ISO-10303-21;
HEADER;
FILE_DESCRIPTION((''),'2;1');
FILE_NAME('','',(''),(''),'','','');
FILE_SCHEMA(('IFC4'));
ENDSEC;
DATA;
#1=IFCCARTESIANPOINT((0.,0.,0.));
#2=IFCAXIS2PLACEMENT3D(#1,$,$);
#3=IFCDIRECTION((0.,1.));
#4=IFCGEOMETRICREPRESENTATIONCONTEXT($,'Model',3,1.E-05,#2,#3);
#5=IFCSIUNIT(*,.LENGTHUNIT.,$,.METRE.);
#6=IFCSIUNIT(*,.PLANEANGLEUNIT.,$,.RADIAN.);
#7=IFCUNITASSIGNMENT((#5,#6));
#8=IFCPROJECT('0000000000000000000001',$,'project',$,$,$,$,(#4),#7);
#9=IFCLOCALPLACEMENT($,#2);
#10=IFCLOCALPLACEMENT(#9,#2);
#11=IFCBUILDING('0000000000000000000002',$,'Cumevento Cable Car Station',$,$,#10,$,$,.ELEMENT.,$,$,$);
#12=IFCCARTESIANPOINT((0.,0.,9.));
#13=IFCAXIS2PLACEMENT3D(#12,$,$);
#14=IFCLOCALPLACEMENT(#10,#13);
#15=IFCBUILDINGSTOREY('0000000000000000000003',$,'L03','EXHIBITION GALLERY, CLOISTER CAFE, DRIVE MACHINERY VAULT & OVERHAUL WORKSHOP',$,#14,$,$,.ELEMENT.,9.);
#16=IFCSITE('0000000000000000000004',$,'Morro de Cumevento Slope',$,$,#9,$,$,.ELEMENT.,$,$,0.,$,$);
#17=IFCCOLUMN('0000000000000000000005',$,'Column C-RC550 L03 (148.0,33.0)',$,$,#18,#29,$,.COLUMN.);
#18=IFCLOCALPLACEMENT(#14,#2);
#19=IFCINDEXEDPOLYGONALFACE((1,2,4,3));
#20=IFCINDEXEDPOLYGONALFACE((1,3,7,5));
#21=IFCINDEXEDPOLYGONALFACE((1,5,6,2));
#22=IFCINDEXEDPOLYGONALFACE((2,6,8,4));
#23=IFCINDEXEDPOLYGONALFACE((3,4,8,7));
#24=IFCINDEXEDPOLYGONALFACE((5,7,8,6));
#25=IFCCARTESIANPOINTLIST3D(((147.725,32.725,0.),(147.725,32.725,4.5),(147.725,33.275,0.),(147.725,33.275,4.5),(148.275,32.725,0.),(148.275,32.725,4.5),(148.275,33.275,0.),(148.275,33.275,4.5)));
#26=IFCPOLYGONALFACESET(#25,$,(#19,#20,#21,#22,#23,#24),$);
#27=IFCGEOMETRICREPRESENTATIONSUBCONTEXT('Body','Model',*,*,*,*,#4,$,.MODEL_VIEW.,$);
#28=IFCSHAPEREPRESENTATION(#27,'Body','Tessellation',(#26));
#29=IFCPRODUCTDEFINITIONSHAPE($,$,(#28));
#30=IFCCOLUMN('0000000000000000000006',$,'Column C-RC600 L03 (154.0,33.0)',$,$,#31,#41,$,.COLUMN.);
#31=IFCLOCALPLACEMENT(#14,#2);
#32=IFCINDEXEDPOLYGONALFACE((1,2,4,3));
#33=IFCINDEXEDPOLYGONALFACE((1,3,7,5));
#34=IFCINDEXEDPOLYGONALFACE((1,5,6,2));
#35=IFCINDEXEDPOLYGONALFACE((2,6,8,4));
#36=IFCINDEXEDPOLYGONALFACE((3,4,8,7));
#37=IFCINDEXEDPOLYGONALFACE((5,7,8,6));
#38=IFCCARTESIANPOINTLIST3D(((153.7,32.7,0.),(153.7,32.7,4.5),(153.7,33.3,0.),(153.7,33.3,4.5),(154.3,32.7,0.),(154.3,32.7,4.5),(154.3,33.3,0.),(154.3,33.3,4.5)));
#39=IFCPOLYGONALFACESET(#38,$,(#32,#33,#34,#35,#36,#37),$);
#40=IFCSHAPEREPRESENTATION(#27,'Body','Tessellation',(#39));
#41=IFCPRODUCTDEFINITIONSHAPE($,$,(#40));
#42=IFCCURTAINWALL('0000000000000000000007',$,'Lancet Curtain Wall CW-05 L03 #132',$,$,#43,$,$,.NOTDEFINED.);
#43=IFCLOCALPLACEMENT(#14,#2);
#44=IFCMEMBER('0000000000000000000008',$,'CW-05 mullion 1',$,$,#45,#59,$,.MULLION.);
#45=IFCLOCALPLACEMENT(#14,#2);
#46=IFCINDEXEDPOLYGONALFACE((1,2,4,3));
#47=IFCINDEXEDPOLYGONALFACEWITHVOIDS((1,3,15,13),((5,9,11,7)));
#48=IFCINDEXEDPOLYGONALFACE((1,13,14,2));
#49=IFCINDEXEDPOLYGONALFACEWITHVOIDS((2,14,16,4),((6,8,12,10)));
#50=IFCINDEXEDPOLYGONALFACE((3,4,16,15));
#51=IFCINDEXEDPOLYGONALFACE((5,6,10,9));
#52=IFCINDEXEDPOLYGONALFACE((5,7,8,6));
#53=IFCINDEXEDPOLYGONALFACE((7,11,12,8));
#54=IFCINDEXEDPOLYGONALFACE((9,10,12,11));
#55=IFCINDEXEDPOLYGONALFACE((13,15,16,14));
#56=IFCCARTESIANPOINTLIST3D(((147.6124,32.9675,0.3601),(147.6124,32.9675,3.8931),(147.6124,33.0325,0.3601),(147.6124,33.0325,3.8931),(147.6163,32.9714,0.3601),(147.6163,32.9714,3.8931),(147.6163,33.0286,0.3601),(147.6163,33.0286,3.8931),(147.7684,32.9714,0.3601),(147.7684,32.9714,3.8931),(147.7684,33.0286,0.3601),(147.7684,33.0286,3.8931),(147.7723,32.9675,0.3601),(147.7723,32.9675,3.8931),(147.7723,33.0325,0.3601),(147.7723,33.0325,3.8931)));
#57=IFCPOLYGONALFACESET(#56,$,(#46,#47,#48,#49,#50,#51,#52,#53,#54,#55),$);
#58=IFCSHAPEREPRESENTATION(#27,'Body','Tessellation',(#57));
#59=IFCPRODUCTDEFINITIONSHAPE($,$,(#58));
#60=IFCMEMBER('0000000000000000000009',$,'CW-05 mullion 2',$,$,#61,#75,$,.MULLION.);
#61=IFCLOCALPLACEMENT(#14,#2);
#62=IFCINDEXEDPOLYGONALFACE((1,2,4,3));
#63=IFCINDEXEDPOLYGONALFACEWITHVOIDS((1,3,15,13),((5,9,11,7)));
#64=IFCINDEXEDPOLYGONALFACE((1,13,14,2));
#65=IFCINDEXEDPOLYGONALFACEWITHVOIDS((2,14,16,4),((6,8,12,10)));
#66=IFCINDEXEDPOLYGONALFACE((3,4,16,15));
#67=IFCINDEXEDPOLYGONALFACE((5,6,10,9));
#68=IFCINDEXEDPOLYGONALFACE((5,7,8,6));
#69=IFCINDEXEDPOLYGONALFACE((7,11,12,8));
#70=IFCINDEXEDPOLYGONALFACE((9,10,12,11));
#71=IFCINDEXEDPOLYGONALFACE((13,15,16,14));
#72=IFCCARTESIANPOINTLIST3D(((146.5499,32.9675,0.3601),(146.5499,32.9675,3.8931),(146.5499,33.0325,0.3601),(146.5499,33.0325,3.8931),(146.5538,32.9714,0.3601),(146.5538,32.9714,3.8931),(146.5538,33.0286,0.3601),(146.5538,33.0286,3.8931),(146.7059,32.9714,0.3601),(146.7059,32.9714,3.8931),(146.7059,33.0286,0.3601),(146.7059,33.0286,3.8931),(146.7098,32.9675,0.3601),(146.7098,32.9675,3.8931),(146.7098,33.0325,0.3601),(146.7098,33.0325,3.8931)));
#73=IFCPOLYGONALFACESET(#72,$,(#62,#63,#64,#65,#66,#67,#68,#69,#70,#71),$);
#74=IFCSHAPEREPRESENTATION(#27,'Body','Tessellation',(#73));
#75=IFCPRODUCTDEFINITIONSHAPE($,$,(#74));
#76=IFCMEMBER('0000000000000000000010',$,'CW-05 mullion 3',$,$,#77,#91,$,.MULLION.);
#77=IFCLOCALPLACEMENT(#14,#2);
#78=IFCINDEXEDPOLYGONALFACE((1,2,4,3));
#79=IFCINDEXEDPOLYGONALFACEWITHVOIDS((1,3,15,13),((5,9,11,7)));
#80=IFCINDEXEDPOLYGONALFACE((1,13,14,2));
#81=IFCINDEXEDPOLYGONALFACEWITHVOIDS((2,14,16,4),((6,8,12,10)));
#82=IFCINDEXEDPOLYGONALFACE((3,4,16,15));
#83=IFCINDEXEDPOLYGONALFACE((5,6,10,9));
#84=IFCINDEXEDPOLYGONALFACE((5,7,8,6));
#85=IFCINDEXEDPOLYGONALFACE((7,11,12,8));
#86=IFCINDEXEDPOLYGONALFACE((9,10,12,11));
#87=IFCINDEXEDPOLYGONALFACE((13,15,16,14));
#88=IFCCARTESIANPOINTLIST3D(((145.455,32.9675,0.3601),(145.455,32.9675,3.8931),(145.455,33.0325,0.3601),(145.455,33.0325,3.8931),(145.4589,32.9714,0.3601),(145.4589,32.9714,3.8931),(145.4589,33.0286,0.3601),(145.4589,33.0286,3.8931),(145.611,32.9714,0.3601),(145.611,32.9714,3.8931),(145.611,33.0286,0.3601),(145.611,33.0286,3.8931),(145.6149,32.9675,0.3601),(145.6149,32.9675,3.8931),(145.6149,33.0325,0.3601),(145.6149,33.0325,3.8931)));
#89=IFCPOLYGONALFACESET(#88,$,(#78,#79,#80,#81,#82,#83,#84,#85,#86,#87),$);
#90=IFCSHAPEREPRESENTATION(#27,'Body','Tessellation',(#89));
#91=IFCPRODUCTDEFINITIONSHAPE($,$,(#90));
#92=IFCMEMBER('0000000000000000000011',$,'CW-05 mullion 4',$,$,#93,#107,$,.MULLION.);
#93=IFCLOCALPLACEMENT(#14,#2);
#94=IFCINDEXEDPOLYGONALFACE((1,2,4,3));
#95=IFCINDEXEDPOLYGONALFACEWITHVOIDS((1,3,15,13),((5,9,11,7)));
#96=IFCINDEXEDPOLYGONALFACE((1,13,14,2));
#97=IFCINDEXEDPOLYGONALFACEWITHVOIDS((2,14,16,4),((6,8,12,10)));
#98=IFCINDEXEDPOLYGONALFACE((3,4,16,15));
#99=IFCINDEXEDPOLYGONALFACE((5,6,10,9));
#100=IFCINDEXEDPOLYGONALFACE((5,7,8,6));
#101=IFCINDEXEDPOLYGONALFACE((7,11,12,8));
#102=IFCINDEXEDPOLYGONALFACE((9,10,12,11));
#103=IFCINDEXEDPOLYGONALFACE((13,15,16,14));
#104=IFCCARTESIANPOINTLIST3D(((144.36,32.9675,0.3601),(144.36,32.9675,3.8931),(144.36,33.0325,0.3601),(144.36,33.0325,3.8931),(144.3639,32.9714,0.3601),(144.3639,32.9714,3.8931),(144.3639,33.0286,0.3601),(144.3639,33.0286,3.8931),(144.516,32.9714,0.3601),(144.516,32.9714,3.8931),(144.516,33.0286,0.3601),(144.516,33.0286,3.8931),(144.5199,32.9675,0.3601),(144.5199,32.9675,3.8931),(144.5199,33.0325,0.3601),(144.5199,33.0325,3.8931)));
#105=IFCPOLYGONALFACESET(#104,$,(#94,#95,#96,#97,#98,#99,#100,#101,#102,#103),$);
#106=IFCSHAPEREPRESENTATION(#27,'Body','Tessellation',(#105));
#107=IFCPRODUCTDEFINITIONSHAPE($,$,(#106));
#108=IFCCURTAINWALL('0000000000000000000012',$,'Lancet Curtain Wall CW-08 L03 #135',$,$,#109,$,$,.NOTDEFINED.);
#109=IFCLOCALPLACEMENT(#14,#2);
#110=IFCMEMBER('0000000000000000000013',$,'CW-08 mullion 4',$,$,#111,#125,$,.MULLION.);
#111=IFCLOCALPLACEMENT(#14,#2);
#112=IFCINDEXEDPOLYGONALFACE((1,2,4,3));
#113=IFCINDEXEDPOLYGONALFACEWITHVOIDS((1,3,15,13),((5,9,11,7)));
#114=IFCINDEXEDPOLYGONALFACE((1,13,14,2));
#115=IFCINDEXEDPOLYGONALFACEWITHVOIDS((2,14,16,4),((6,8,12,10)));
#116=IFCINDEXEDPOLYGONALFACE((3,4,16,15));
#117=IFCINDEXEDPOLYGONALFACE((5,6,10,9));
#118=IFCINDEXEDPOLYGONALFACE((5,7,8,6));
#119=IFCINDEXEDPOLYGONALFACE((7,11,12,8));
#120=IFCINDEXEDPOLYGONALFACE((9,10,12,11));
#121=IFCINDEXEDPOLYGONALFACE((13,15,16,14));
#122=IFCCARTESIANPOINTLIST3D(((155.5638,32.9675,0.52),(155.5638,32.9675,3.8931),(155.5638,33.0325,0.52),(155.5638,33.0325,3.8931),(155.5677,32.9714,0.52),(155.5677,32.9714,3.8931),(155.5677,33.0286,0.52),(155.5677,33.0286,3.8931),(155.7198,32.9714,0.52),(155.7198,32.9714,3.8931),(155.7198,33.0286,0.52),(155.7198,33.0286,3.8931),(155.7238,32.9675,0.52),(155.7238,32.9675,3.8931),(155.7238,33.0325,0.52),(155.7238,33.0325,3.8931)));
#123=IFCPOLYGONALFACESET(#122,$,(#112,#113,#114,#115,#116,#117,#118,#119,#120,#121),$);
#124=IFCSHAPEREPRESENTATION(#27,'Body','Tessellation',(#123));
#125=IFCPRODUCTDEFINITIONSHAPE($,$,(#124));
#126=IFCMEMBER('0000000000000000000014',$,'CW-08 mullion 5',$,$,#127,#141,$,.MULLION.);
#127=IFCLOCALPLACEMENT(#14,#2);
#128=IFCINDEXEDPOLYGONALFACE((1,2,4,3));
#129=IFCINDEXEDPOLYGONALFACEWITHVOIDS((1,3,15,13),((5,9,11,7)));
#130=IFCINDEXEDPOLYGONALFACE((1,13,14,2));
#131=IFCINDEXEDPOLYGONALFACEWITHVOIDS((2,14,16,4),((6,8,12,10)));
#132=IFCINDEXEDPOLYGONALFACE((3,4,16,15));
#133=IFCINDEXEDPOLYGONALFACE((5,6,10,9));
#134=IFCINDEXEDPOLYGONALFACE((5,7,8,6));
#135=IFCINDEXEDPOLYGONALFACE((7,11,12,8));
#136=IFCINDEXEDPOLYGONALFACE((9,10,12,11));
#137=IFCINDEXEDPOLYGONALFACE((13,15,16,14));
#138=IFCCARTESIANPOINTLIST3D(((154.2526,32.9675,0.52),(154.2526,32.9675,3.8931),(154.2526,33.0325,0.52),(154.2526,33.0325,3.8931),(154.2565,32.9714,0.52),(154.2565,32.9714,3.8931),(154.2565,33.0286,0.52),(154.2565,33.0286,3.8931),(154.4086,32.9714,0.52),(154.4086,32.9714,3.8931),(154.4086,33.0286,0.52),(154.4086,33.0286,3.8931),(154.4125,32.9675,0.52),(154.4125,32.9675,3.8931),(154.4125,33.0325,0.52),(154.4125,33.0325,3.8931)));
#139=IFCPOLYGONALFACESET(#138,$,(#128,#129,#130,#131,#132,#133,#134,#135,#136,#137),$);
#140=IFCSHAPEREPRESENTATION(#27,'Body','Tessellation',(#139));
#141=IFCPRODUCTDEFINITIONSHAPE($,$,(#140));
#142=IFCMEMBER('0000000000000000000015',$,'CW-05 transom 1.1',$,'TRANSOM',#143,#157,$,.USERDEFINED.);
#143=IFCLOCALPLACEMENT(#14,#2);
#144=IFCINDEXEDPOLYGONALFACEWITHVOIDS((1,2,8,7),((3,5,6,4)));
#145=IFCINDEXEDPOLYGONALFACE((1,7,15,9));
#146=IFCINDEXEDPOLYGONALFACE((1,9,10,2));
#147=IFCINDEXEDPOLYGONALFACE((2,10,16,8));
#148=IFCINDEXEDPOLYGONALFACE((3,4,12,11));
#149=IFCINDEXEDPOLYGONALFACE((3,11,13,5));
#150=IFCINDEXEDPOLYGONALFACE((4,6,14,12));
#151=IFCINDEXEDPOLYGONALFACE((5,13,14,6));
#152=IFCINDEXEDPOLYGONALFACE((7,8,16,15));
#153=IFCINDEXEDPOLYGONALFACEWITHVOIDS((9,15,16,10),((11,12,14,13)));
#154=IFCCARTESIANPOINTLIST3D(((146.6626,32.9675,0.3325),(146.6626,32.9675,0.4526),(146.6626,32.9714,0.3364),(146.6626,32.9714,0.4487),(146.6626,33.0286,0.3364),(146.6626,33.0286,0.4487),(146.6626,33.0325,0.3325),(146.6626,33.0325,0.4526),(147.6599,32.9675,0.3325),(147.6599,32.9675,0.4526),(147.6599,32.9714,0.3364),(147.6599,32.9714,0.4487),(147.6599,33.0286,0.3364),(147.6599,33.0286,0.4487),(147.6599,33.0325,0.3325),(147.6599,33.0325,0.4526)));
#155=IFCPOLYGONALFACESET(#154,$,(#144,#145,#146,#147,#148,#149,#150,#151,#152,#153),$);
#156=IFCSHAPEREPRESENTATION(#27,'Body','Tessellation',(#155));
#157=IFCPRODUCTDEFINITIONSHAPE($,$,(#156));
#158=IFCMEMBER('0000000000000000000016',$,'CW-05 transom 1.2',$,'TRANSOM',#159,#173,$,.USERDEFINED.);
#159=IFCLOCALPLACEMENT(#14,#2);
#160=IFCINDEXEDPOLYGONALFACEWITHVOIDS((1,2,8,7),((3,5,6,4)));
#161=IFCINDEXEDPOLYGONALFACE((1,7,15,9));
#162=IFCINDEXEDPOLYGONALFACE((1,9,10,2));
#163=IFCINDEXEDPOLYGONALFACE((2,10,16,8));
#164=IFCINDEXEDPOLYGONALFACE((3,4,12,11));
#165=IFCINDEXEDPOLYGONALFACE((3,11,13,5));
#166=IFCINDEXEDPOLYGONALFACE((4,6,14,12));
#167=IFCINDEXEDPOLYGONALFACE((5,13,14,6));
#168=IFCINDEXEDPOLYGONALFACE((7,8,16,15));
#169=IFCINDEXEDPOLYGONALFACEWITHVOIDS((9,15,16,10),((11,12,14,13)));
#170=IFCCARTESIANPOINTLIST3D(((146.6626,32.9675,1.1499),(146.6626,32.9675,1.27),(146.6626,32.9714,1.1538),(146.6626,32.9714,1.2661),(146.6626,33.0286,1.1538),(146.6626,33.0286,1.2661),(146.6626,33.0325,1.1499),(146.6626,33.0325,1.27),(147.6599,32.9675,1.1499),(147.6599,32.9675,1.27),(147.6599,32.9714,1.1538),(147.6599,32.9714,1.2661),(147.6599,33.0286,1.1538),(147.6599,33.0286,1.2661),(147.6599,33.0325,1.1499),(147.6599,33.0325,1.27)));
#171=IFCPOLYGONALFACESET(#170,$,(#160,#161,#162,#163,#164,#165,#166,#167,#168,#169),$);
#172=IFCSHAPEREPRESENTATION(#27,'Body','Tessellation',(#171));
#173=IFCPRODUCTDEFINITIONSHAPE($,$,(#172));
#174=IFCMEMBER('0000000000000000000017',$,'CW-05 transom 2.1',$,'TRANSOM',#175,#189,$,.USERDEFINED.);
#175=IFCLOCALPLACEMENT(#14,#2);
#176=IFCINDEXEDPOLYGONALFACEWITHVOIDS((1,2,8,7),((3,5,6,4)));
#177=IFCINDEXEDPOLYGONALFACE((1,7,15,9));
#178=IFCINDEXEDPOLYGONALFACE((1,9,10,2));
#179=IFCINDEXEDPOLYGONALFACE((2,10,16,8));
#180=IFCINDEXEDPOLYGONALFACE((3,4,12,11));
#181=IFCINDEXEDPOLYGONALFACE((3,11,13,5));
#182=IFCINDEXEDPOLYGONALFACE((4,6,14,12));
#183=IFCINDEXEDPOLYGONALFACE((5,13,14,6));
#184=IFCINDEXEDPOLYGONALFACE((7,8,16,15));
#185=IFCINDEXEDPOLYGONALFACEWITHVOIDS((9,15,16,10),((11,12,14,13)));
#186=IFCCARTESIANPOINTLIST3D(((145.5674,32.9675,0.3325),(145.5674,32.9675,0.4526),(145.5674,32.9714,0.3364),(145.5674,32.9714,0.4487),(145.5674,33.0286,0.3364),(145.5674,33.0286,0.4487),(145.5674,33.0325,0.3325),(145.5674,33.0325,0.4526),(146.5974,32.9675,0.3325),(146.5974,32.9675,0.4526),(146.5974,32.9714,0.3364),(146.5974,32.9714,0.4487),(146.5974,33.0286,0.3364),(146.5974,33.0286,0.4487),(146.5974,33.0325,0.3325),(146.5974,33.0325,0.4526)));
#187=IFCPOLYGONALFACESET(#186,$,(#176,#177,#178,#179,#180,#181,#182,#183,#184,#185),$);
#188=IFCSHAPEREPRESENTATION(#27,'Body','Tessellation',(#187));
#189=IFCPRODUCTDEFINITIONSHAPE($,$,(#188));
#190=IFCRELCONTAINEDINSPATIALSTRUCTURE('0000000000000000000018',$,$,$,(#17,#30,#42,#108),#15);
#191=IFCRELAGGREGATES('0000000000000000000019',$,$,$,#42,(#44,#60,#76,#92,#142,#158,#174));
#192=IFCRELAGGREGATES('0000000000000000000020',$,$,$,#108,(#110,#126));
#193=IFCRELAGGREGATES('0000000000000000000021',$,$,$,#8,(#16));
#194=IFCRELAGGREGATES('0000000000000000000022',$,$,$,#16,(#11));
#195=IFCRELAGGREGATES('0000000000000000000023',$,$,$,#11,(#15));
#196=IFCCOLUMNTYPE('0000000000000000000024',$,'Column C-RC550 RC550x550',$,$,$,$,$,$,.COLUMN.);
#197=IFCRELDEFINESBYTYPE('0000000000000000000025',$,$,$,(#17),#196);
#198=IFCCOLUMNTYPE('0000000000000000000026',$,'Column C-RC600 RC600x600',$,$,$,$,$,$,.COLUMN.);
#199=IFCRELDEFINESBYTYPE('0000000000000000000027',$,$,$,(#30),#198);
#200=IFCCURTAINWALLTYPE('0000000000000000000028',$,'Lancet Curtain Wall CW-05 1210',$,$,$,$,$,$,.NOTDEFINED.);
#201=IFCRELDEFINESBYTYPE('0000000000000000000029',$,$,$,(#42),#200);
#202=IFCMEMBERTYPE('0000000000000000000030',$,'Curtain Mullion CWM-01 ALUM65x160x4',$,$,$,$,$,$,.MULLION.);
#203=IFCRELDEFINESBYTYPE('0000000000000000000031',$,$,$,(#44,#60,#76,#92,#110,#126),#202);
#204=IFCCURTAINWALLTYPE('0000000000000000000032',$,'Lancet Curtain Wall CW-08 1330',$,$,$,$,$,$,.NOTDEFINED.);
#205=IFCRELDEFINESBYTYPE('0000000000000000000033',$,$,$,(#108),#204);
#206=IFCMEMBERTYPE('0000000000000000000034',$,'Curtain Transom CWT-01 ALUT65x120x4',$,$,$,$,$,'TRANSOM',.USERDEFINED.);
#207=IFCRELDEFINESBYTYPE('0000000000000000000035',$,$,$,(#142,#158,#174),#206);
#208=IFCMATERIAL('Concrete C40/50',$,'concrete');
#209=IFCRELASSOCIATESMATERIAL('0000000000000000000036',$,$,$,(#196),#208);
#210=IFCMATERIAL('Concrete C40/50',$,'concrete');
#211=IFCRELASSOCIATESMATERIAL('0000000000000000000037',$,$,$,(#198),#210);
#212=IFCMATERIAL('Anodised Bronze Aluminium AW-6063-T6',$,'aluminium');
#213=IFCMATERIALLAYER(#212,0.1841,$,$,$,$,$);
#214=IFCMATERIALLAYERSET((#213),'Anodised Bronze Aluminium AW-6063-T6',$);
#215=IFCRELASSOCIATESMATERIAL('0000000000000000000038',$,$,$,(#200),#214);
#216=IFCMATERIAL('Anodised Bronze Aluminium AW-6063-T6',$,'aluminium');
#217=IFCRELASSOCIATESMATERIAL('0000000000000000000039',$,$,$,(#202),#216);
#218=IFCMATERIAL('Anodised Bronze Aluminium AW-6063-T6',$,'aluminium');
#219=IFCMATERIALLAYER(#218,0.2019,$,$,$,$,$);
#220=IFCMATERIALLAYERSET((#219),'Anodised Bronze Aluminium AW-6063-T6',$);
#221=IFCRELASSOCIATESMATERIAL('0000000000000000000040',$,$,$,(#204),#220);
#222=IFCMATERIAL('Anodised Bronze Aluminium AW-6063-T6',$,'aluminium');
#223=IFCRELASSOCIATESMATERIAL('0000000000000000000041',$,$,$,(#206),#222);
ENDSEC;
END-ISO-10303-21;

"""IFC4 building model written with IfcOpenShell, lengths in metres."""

from ifc_helpers import new_model, si_unit, direction, frame, origin, origin_2d, place, context, subcontext, project, spatial, rectangle, hollow_rectangle, extrude, material, layer, layer_set, material_profile, profile_set, type_object, element, aggregate, save


model = new_model("IFC4")

# Units and contexts
model_context = context("Model", 3, precision=1e-05, world=origin(), true_north=direction((0.0, 1.0)))
body_context = subcontext(model_context, "Body", "Model", "MODEL_VIEW")
ifc_project = project(units=[si_unit("LENGTHUNIT", "METRE"), si_unit("PLANEANGLEUNIT", "RADIAN")], contexts=[model_context])

# Site, building, storey
site_placement = place(None, origin())
site = spatial("IfcSite", under=ifc_project, at=site_placement, Name="Morro de Cumevento Slope", CompositionType="ELEMENT", RefElevation=0.0)
building_placement = place(site_placement, origin())
building = spatial("IfcBuilding", under=site, at=building_placement, Name="Cumevento Cable Car Station", CompositionType="ELEMENT")
storey_placement = place(building_placement, frame((0.0, 0.0, 9.0)))
storey = spatial("IfcBuildingStorey", under=building, at=storey_placement, Name="L03", Description="EXHIBITION GALLERY, CLOISTER CAFE, DRIVE MACHINERY VAULT & OVERHAUL WORKSHOP", CompositionType="ELEMENT", Elevation=9.0)

# Columns
ifc_material_1 = material(Name="Concrete C40/50", Category="concrete")
ifc_material_profile_1 = material_profile(ifc_material_1, rectangle(XDim=0.55, YDim=0.55, at=origin_2d()), Name="RC550x550")
ifc_profile_set_1 = profile_set([ifc_material_profile_1], Name="Concrete C40/50")
column_type_1 = type_object("IfcColumnType", Name="Column C-RC550 RC550x550", PredefinedType="COLUMN", material=ifc_profile_set_1)
column_1_placement = place(storey_placement, frame((148.0, 33.0, 0.0), z_axis=(0.0, 0.0, 1.0), x_axis=(1.0, 0.0, 0.0)))
element("IfcColumn", 1, at=column_1_placement, inside=storey, type_object=column_type_1, Name="Column C-RC550 L03 (148.0,33.0)", PredefinedType="COLUMN", context=body_context, shape_type="SweptSolid", body=[
    extrude(rectangle(XDim=0.55, YDim=0.55, at=origin_2d()), origin(), (0.0, 0.0, 1.0), 4.5),
])
ifc_material_2 = material(Name="Concrete C40/50", Category="concrete")
ifc_material_profile_2 = material_profile(ifc_material_2, rectangle(XDim=0.6001, YDim=0.6001, at=origin_2d()), Name="RC600x600")
ifc_profile_set_2 = profile_set([ifc_material_profile_2], Name="Concrete C40/50")
column_type_2 = type_object("IfcColumnType", Name="Column C-RC600 RC600x600", PredefinedType="COLUMN", material=ifc_profile_set_2)
column_2_placement = place(storey_placement, frame((154.0, 33.0, 0.0), z_axis=(0.0, 0.0, 1.0), x_axis=(1.0, 0.0, 0.0)))
element("IfcColumn", 2, at=column_2_placement, inside=storey, type_object=column_type_2, Name="Column C-RC600 L03 (154.0,33.0)", PredefinedType="COLUMN", context=body_context, shape_type="SweptSolid", body=[
    extrude(rectangle(XDim=0.6001, YDim=0.6001, at=origin_2d()), origin(), (0.0, 0.0, 1.0), 4.5),
])

# Curtain walls, members
ifc_material_3 = material(Name="Anodised Bronze Aluminium AW-6063-T6", Category="aluminium")
ifc_layer_1 = layer(ifc_material_3, 0.1841)
ifc_layer_set_1 = layer_set([ifc_layer_1], Name="Anodised Bronze Aluminium AW-6063-T6")
curtain_wall_type_1 = type_object("IfcCurtainWallType", Name="Lancet Curtain Wall CW-05 1210", PredefinedType="NOTDEFINED", material=ifc_layer_set_1)
curtain_wall_1_placement = place(storey_placement, origin())
curtain_wall_1 = element("IfcCurtainWall", 3, at=curtain_wall_1_placement, inside=storey, type_object=curtain_wall_type_1, Name="Lancet Curtain Wall CW-05 L03 #132", PredefinedType="NOTDEFINED")
ifc_material_4 = material(Name="Anodised Bronze Aluminium AW-6063-T6", Category="aluminium")
ifc_material_profile_3 = material_profile(ifc_material_4, hollow_rectangle(XDim=0.0649, YDim=0.1599, WallThickness=0.0039, at=origin_2d()), Name="ALUM65x160x4")
ifc_profile_set_3 = profile_set([ifc_material_profile_3], Name="Anodised Bronze Aluminium AW-6063-T6")
member_type_1 = type_object("IfcMemberType", Name="Curtain Mullion CWM-01 ALUM65x160x4", PredefinedType="MULLION", material=ifc_profile_set_3)
member_1_placement = place(storey_placement, frame((147.6924, 33.0, 0.3601), z_axis=(0.0, 0.0, 1.0), x_axis=(0.0, -1.0, 0.0)))
member_1 = element("IfcMember", 4, at=member_1_placement, type_object=member_type_1, Name="CW-05 mullion 1", PredefinedType="MULLION", context=body_context, shape_type="SweptSolid", body=[
    extrude(hollow_rectangle(XDim=0.0649, YDim=0.1599, WallThickness=0.0039, at=origin_2d()), origin(), (0.0, 0.0, 1.0), 3.533),
])
member_2_placement = place(storey_placement, frame((146.6299, 33.0, 0.3601), z_axis=(0.0, 0.0, 1.0), x_axis=(0.0, -1.0, 0.0)))
member_2 = element("IfcMember", 5, at=member_2_placement, type_object=member_type_1, Name="CW-05 mullion 2", PredefinedType="MULLION", context=body_context, shape_type="SweptSolid", body=[
    extrude(hollow_rectangle(XDim=0.0649, YDim=0.1599, WallThickness=0.0039, at=origin_2d()), origin(), (0.0, 0.0, 1.0), 3.533),
])
member_3_placement = place(storey_placement, frame((145.5349, 33.0, 0.3601), z_axis=(0.0, 0.0, 1.0), x_axis=(0.0, -1.0, 0.0)))
member_3 = element("IfcMember", 6, at=member_3_placement, type_object=member_type_1, Name="CW-05 mullion 3", PredefinedType="MULLION", context=body_context, shape_type="SweptSolid", body=[
    extrude(hollow_rectangle(XDim=0.0649, YDim=0.1599, WallThickness=0.0039, at=origin_2d()), origin(), (0.0, 0.0, 1.0), 3.533),
])
member_4_placement = place(storey_placement, frame((144.4399, 33.0, 0.3601), z_axis=(0.0, 0.0, 1.0), x_axis=(0.0, -1.0, 0.0)))
member_4 = element("IfcMember", 7, at=member_4_placement, type_object=member_type_1, Name="CW-05 mullion 4", PredefinedType="MULLION", context=body_context, shape_type="SweptSolid", body=[
    extrude(hollow_rectangle(XDim=0.0649, YDim=0.1599, WallThickness=0.0039, at=origin_2d()), origin(), (0.0, 0.0, 1.0), 3.533),
])
ifc_material_5 = material(Name="Anodised Bronze Aluminium AW-6063-T6", Category="aluminium")
ifc_layer_2 = layer(ifc_material_5, 0.2019)
ifc_layer_set_2 = layer_set([ifc_layer_2], Name="Anodised Bronze Aluminium AW-6063-T6")
curtain_wall_type_2 = type_object("IfcCurtainWallType", Name="Lancet Curtain Wall CW-08 1330", PredefinedType="NOTDEFINED", material=ifc_layer_set_2)
curtain_wall_2_placement = place(storey_placement, origin())
curtain_wall_2 = element("IfcCurtainWall", 8, at=curtain_wall_2_placement, inside=storey, type_object=curtain_wall_type_2, Name="Lancet Curtain Wall CW-08 L03 #135", PredefinedType="NOTDEFINED")
member_5_placement = place(storey_placement, frame((155.6438, 33.0, 0.52), z_axis=(0.0, 0.0, 1.0), x_axis=(0.0, -1.0, 0.0)))
member_5 = element("IfcMember", 9, at=member_5_placement, type_object=member_type_1, Name="CW-08 mullion 4", PredefinedType="MULLION", context=body_context, shape_type="SweptSolid", body=[
    extrude(hollow_rectangle(XDim=0.0649, YDim=0.1599, WallThickness=0.0039, at=origin_2d()), origin(), (0.0, 0.0, 1.0), 3.373),
])
member_6_placement = place(storey_placement, frame((154.3325, 33.0, 0.52), z_axis=(0.0, 0.0, 1.0), x_axis=(0.0, -1.0, 0.0)))
member_6 = element("IfcMember", 10, at=member_6_placement, type_object=member_type_1, Name="CW-08 mullion 5", PredefinedType="MULLION", context=body_context, shape_type="SweptSolid", body=[
    extrude(hollow_rectangle(XDim=0.0649, YDim=0.1599, WallThickness=0.0039, at=origin_2d()), origin(), (0.0, 0.0, 1.0), 3.373),
])

# Members
ifc_material_6 = material(Name="Anodised Bronze Aluminium AW-6063-T6", Category="aluminium")
ifc_material_profile_4 = material_profile(ifc_material_6, hollow_rectangle(XDim=0.0649, YDim=0.1201, WallThickness=0.0039, at=origin_2d()), Name="ALUT65x120x4")
ifc_profile_set_4 = profile_set([ifc_material_profile_4], Name="Anodised Bronze Aluminium AW-6063-T6")
member_type_2 = type_object("IfcMemberType", Name="Curtain Transom CWT-01 ALUT65x120x4", ElementType="TRANSOM", PredefinedType="USERDEFINED", material=ifc_profile_set_4)
member_7_placement = place(storey_placement, frame((147.6599, 33.0, 0.3926), z_axis=(-1.0, 0.0, 0.0), x_axis=(0.0, -1.0, 0.0)))
member_7 = element("IfcMember", 11, at=member_7_placement, type_object=member_type_2, Name="CW-05 transom 1.1", ObjectType="TRANSOM", PredefinedType="USERDEFINED", context=body_context, shape_type="SweptSolid", body=[
    extrude(hollow_rectangle(XDim=0.0649, YDim=0.1201, WallThickness=0.0039, at=origin_2d()), origin(), (0.0, 0.0, 1.0), 0.9973),
])
member_8_placement = place(storey_placement, frame((147.6599, 33.0, 1.21), z_axis=(-1.0, 0.0, 0.0), x_axis=(0.0, -1.0, 0.0)))
member_8 = element("IfcMember", 12, at=member_8_placement, type_object=member_type_2, Name="CW-05 transom 1.2", ObjectType="TRANSOM", PredefinedType="USERDEFINED", context=body_context, shape_type="SweptSolid", body=[
    extrude(hollow_rectangle(XDim=0.0649, YDim=0.1201, WallThickness=0.0039, at=origin_2d()), origin(), (0.0, 0.0, 1.0), 0.9973),
])
member_9_placement = place(storey_placement, frame((146.5974, 33.0, 0.3926), z_axis=(-1.0, 0.0, 0.0), x_axis=(0.0, -1.0, 0.0)))
member_9 = element("IfcMember", 13, at=member_9_placement, type_object=member_type_2, Name="CW-05 transom 2.1", ObjectType="TRANSOM", PredefinedType="USERDEFINED", context=body_context, shape_type="SweptSolid", body=[
    extrude(hollow_rectangle(XDim=0.0649, YDim=0.1201, WallThickness=0.0039, at=origin_2d()), origin(), (0.0, 0.0, 1.0), 1.03),
])

aggregate(curtain_wall_1, [member_1, member_2, member_3, member_4, member_7, member_8, member_9])
aggregate(curtain_wall_2, [member_5, member_6])

save(model, "model.ifc")
